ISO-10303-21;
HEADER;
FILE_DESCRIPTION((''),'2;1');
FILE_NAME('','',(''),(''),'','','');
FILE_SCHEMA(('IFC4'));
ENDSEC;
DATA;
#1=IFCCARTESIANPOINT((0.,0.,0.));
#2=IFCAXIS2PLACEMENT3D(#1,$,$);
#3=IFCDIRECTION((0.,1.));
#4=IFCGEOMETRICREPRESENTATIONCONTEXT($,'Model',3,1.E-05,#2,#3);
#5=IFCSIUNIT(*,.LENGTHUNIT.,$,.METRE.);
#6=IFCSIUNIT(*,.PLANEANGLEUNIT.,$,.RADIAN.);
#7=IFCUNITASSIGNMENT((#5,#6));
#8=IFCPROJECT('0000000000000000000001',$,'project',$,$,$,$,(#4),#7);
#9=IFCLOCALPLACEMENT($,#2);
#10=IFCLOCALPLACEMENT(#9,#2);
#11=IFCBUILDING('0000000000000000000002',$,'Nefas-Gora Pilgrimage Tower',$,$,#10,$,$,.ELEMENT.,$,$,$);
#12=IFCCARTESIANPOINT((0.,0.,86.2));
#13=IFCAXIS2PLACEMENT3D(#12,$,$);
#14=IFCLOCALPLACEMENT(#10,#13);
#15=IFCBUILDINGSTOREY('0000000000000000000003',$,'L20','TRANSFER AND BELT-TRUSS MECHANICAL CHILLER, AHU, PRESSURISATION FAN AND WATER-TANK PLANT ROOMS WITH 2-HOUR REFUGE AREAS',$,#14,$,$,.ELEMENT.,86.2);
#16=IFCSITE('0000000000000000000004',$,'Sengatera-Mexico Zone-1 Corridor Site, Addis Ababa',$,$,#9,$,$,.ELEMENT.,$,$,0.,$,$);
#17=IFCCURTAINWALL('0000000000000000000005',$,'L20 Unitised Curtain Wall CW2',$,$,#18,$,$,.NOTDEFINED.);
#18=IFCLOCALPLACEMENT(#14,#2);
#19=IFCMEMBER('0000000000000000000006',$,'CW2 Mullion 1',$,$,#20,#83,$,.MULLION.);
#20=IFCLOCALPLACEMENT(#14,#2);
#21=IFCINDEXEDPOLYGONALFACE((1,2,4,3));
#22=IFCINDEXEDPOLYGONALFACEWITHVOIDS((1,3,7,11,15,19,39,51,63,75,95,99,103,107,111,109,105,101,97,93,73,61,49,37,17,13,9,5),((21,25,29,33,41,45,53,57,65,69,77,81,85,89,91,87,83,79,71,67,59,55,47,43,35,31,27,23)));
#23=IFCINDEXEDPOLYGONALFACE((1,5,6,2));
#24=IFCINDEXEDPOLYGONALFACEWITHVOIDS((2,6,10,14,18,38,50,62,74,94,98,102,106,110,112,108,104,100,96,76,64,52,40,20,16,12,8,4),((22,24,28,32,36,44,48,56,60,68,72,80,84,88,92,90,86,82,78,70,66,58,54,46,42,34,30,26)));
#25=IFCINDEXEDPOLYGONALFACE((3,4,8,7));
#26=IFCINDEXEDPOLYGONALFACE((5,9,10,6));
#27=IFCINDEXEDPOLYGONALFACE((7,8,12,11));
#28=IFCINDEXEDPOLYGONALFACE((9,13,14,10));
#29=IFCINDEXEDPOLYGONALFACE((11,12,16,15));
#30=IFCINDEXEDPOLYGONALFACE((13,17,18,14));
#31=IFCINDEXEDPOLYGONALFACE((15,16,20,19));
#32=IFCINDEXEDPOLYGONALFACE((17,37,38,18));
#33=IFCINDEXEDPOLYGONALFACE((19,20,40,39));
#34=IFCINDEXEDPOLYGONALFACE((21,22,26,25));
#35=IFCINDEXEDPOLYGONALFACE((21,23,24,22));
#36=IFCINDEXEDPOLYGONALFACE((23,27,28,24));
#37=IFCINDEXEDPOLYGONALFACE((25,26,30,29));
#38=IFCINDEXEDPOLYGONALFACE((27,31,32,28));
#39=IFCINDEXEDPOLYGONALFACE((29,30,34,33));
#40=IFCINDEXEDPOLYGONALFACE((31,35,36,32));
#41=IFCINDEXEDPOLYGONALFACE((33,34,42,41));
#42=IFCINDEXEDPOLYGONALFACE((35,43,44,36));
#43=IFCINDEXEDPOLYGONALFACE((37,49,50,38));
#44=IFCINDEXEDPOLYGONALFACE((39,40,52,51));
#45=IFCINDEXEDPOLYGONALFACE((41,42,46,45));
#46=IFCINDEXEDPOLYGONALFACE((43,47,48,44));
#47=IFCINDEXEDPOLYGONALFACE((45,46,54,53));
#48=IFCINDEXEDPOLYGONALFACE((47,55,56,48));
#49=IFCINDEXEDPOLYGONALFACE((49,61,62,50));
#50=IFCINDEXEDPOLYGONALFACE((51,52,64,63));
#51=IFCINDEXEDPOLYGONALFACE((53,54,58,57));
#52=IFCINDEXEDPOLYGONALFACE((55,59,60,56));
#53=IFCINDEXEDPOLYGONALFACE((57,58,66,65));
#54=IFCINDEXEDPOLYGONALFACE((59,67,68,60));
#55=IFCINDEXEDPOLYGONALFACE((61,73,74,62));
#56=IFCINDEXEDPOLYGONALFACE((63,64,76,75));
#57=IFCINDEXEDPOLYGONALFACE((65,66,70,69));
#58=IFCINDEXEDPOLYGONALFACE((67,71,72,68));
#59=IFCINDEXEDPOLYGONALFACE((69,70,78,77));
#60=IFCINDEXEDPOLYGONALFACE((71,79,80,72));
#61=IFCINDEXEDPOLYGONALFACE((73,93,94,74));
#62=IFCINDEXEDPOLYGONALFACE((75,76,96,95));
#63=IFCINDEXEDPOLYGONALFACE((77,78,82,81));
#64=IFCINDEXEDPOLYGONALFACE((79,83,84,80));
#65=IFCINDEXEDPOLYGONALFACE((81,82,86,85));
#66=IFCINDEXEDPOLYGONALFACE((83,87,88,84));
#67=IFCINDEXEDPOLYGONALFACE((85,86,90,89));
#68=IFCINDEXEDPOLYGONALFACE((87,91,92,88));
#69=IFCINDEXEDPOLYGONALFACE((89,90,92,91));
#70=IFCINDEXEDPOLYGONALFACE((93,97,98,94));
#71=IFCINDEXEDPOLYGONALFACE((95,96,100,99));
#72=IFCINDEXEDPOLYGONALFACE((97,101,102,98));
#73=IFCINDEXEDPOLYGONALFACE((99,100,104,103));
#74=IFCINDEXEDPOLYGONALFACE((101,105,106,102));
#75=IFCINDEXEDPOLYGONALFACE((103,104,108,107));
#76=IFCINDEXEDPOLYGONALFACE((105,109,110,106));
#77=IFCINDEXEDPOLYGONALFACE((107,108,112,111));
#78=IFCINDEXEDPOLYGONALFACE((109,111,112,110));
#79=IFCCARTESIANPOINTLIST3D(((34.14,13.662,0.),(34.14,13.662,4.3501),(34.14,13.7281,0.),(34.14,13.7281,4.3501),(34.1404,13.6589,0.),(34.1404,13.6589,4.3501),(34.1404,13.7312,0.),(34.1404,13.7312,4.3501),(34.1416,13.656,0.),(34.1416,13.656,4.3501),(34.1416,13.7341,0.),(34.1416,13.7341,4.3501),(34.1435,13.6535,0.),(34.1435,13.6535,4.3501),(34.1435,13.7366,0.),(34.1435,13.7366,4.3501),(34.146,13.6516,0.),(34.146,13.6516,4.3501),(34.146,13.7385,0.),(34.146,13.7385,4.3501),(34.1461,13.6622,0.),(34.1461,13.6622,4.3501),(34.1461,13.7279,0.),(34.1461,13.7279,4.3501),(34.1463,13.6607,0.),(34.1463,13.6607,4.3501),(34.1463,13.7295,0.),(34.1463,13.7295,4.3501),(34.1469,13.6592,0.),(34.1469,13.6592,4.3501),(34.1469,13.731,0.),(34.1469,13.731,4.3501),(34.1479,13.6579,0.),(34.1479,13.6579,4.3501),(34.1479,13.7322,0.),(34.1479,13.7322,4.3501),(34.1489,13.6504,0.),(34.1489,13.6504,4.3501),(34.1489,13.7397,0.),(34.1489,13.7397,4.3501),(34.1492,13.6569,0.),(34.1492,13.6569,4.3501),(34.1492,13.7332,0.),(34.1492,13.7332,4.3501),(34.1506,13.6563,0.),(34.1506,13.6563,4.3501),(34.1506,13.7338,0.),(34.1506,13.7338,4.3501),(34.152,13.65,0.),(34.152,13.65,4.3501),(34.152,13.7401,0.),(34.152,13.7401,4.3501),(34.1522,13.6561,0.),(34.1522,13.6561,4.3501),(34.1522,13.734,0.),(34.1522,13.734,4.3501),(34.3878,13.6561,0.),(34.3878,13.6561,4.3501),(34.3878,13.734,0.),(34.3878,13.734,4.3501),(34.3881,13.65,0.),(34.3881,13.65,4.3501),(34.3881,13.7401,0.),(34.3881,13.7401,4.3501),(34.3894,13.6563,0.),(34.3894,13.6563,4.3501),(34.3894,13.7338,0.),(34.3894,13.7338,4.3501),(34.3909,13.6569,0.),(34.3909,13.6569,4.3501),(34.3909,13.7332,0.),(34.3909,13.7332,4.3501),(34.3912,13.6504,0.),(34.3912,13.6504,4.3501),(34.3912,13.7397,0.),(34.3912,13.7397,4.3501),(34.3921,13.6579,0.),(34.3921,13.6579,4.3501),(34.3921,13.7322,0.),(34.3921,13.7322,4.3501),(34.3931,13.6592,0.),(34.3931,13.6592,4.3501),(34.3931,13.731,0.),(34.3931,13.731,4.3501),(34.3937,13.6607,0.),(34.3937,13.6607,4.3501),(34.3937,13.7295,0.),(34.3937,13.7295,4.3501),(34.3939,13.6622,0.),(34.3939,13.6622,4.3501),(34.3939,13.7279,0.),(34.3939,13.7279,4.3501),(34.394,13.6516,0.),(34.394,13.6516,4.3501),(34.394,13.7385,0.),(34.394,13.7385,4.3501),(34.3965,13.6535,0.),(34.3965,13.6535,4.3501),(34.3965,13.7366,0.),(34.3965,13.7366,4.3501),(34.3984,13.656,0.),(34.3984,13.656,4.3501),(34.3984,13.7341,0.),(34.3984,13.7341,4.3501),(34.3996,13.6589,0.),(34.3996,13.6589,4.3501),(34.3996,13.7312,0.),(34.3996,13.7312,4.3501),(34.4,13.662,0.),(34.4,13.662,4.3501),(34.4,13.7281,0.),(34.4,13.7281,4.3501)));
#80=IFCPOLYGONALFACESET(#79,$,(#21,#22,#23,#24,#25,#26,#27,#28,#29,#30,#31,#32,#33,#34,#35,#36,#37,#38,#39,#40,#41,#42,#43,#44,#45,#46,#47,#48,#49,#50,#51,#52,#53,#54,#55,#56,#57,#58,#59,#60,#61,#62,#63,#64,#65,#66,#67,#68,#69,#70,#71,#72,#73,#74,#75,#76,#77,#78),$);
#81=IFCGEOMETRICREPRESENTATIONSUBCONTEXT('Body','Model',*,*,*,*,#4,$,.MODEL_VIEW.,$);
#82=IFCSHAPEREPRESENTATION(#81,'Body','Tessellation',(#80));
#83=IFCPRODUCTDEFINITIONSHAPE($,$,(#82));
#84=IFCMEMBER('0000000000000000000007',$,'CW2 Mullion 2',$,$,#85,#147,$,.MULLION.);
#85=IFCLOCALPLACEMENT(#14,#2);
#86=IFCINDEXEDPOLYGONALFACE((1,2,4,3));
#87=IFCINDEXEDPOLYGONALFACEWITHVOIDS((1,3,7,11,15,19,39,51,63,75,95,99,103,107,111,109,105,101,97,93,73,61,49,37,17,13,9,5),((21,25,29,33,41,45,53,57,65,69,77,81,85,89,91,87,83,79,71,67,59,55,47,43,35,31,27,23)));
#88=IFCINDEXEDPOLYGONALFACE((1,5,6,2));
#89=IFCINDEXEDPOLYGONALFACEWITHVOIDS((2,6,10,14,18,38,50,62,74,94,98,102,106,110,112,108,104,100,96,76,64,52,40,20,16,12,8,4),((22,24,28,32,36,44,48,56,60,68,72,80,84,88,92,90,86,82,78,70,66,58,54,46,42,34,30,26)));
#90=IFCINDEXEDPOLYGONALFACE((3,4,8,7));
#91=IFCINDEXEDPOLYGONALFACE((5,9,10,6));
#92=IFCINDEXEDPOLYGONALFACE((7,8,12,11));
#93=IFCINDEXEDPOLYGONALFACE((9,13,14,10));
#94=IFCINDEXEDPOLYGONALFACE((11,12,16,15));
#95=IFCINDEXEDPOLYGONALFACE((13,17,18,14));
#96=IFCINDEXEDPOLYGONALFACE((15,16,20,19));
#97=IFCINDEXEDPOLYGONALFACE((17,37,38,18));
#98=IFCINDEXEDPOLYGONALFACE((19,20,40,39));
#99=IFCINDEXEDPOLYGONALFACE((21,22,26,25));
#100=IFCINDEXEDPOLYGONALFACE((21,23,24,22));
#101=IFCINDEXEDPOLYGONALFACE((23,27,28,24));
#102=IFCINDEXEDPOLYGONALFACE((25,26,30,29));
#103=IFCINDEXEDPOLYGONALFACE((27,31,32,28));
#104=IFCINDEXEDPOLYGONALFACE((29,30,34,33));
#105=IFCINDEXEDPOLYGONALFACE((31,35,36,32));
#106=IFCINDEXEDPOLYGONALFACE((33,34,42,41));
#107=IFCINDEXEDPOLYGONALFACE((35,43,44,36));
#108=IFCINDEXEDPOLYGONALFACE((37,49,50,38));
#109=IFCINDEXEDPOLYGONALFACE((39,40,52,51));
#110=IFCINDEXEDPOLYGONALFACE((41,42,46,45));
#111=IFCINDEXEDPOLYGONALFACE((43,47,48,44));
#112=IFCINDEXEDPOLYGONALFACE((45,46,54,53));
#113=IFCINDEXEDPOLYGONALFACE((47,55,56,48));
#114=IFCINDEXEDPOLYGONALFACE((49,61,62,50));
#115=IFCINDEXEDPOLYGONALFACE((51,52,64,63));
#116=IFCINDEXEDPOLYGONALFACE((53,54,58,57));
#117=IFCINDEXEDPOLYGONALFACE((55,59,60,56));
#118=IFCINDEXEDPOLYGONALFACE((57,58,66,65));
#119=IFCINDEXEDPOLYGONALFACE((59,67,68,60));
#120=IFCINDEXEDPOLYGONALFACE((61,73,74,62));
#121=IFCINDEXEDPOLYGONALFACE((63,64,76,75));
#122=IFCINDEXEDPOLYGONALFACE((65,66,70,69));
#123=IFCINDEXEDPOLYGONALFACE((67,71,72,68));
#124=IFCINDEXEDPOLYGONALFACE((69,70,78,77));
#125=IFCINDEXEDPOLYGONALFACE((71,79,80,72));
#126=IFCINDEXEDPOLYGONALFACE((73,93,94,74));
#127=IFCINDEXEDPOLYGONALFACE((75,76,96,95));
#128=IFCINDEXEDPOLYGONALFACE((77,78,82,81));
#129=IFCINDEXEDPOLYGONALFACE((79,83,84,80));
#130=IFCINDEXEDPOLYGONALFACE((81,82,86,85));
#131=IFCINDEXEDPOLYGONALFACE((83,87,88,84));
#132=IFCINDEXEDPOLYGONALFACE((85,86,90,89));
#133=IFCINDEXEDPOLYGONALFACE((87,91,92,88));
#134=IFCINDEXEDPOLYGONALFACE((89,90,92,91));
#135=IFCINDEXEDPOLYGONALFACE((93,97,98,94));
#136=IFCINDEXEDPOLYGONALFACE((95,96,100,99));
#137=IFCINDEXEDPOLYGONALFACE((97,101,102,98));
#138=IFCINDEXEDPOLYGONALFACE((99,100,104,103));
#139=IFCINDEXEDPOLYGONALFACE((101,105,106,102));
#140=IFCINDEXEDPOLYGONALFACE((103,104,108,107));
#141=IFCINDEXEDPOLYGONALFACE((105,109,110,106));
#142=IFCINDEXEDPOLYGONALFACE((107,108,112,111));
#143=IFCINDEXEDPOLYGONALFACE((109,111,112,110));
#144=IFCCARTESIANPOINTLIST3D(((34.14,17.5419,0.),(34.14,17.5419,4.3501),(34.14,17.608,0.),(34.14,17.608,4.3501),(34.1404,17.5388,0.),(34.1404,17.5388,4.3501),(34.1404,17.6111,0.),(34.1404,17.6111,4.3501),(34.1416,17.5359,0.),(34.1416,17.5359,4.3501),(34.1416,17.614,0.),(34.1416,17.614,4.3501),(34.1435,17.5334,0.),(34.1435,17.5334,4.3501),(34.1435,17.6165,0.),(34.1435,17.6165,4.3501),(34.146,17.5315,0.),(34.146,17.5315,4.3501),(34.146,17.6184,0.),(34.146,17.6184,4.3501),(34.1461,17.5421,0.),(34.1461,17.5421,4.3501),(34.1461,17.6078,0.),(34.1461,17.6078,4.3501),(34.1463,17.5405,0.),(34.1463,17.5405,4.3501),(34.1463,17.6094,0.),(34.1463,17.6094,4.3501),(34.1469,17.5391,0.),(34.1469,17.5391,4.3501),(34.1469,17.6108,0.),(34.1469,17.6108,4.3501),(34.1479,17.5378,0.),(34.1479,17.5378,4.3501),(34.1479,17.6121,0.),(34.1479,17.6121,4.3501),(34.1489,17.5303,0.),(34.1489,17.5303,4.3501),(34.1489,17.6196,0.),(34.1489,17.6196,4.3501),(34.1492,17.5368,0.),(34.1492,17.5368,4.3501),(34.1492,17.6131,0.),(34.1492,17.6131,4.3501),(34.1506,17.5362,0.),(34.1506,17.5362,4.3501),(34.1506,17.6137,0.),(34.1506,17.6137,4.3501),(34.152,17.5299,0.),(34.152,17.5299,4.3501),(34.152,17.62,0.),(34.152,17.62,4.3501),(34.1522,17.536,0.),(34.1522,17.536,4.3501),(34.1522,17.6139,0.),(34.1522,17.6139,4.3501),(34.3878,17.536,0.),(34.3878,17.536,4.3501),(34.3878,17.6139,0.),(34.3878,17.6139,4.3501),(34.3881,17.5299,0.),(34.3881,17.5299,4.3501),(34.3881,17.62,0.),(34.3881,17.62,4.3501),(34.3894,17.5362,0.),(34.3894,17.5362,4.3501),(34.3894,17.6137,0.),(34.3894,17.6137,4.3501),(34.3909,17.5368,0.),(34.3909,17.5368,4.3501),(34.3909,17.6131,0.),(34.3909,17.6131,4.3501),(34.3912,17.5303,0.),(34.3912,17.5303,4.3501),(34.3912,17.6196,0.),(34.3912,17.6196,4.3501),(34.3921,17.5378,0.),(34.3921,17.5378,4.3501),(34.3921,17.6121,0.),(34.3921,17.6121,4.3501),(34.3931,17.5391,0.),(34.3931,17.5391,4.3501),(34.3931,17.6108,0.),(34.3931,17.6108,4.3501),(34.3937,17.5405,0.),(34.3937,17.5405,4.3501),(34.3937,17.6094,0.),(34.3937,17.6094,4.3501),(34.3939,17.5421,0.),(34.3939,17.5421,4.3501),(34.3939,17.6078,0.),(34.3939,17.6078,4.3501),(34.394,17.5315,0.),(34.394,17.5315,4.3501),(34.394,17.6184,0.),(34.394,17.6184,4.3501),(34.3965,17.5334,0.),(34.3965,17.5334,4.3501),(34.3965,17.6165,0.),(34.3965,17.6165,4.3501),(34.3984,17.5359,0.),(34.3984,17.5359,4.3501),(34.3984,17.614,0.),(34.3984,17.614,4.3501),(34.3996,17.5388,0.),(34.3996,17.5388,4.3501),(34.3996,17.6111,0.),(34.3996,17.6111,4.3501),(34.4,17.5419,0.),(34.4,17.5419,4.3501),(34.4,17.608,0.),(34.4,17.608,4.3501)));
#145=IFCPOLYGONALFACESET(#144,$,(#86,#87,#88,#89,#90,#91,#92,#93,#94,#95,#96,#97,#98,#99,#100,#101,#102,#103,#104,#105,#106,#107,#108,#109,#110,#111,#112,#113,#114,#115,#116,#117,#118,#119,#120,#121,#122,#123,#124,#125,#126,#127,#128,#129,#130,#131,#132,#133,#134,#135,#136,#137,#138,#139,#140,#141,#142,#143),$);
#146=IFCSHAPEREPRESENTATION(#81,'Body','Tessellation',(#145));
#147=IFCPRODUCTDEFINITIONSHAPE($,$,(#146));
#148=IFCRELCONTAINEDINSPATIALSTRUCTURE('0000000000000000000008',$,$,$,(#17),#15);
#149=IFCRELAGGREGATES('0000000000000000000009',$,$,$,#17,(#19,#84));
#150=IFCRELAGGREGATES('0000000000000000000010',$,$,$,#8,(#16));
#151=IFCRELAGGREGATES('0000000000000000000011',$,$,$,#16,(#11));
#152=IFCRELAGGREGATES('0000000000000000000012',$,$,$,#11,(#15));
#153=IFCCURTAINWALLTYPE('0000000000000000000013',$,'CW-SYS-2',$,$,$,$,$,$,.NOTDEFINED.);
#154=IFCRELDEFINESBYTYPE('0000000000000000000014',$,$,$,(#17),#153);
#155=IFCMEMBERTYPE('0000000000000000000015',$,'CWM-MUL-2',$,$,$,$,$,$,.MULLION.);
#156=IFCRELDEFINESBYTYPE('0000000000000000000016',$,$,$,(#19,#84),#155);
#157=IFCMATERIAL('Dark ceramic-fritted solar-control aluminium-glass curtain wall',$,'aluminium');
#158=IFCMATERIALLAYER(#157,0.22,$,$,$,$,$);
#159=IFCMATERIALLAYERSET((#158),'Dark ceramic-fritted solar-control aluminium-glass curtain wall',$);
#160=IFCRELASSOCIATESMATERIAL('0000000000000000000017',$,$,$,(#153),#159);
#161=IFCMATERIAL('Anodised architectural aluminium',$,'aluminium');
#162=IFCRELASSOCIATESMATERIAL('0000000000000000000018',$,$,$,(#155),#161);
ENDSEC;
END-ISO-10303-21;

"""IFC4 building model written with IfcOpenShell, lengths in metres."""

from ifc_helpers import new_model, si_unit, direction, frame, origin, origin_2d, place, context, subcontext, project, spatial, hollow_rectangle, extrude, source, transform, mapped, material, layer, layer_set, material_profile, profile_set, type_object, element, aggregate, save


model = new_model("IFC4")

# Units and contexts
model_context = context("Model", 3, precision=1e-05, world=origin(), true_north=direction((0.0, 1.0)))
body_context = subcontext(model_context, "Body", "Model", "MODEL_VIEW")
ifc_project = project(units=[si_unit("LENGTHUNIT", "METRE"), si_unit("PLANEANGLEUNIT", "RADIAN")], contexts=[model_context])

# Site, building, storey
site_placement = place(None, origin())
site = spatial("IfcSite", under=ifc_project, at=site_placement, Name="Sengatera-Mexico Zone-1 Corridor Site, Addis Ababa", CompositionType="ELEMENT", RefElevation=0.0)
building_placement = place(site_placement, origin())
building = spatial("IfcBuilding", under=site, at=building_placement, Name="Nefas-Gora Pilgrimage Tower", CompositionType="ELEMENT")
storey_placement = place(building_placement, frame((0.0, 0.0, 86.2)))
storey = spatial("IfcBuildingStorey", under=building, at=storey_placement, Name="L20", Description="TRANSFER AND BELT-TRUSS MECHANICAL CHILLER, AHU, PRESSURISATION FAN AND WATER-TANK PLANT ROOMS WITH 2-HOUR REFUGE AREAS", CompositionType="ELEMENT", Elevation=86.2)

# Curtain wall, members
ifc_material_1 = material(Name="Dark ceramic-fritted solar-control aluminium-glass curtain wall", Category="aluminium")
ifc_layer_1 = layer(ifc_material_1, 0.22)
ifc_layer_set_1 = layer_set([ifc_layer_1], Name="Dark ceramic-fritted solar-control aluminium-glass curtain wall")
curtain_wall_type = type_object("IfcCurtainWallType", Name="CW-SYS-2", PredefinedType="NOTDEFINED", material=ifc_layer_set_1)
curtain_wall_1_placement = place(storey_placement, origin())
curtain_wall_1 = element("IfcCurtainWall", 1, at=curtain_wall_1_placement, inside=storey, type_object=curtain_wall_type, Name="L20 Unitised Curtain Wall CW2", PredefinedType="NOTDEFINED")
ifc_material_2 = material(Name="Anodised architectural aluminium", Category="aluminium")
ifc_material_profile_1 = material_profile(ifc_material_2, hollow_rectangle(XDim=0.0901, YDim=0.26, WallThickness=0.0061, InnerFilletRadius=0.0061, OuterFilletRadius=0.012, at=origin_2d()), Name="ALU MULLION 90x260")
ifc_profile_set_1 = profile_set([ifc_material_profile_1], Name="Anodised architectural aluminium")
member_type_1 = type_object("IfcMemberType", Name="CWM-MUL-2", PredefinedType="MULLION", material=ifc_profile_set_1)
shared_shape_1 = source(origin(), body_context, "Body", "SweptSolid", [
    extrude(hollow_rectangle(XDim=0.0901, YDim=0.26, WallThickness=0.0061, InnerFilletRadius=0.0061, OuterFilletRadius=0.012, at=origin_2d()), origin(), (0.0, 0.0, 1.0), 4.3501),
])
member_1_placement = place(storey_placement, frame((34.27, 13.6951, 0.0), z_axis=(0.0, 0.0, 1.0), x_axis=(0.0, 1.0, 0.0)))
member_1 = element("IfcMember", 2, at=member_1_placement, type_object=member_type_1, Name="CW2 Mullion 1", PredefinedType="MULLION", context=body_context, shape_type="MappedRepresentation", body=[
    mapped(shared_shape_1, transform((0.0, 0.0, 0.0), x_axis=(1.0, 0.0, 0.0), y_axis=(0.0, 1.0, 0.0), z_axis=(0.0, 0.0, 1.0), scale=1.0)),
])
member_2_placement = place(storey_placement, frame((34.27, 17.575, 0.0), z_axis=(0.0, 0.0, 1.0), x_axis=(0.0, 1.0, 0.0)))
member_2 = element("IfcMember", 3, at=member_2_placement, type_object=member_type_1, Name="CW2 Mullion 2", PredefinedType="MULLION", context=body_context, shape_type="MappedRepresentation", body=[
    mapped(shared_shape_1, transform((0.0, 0.0, 0.0), x_axis=(1.0, 0.0, 0.0), y_axis=(0.0, 1.0, 0.0), z_axis=(0.0, 0.0, 1.0), scale=1.0)),
])

aggregate(curtain_wall_1, [member_1, member_2])

save(model, "model.ifc")
